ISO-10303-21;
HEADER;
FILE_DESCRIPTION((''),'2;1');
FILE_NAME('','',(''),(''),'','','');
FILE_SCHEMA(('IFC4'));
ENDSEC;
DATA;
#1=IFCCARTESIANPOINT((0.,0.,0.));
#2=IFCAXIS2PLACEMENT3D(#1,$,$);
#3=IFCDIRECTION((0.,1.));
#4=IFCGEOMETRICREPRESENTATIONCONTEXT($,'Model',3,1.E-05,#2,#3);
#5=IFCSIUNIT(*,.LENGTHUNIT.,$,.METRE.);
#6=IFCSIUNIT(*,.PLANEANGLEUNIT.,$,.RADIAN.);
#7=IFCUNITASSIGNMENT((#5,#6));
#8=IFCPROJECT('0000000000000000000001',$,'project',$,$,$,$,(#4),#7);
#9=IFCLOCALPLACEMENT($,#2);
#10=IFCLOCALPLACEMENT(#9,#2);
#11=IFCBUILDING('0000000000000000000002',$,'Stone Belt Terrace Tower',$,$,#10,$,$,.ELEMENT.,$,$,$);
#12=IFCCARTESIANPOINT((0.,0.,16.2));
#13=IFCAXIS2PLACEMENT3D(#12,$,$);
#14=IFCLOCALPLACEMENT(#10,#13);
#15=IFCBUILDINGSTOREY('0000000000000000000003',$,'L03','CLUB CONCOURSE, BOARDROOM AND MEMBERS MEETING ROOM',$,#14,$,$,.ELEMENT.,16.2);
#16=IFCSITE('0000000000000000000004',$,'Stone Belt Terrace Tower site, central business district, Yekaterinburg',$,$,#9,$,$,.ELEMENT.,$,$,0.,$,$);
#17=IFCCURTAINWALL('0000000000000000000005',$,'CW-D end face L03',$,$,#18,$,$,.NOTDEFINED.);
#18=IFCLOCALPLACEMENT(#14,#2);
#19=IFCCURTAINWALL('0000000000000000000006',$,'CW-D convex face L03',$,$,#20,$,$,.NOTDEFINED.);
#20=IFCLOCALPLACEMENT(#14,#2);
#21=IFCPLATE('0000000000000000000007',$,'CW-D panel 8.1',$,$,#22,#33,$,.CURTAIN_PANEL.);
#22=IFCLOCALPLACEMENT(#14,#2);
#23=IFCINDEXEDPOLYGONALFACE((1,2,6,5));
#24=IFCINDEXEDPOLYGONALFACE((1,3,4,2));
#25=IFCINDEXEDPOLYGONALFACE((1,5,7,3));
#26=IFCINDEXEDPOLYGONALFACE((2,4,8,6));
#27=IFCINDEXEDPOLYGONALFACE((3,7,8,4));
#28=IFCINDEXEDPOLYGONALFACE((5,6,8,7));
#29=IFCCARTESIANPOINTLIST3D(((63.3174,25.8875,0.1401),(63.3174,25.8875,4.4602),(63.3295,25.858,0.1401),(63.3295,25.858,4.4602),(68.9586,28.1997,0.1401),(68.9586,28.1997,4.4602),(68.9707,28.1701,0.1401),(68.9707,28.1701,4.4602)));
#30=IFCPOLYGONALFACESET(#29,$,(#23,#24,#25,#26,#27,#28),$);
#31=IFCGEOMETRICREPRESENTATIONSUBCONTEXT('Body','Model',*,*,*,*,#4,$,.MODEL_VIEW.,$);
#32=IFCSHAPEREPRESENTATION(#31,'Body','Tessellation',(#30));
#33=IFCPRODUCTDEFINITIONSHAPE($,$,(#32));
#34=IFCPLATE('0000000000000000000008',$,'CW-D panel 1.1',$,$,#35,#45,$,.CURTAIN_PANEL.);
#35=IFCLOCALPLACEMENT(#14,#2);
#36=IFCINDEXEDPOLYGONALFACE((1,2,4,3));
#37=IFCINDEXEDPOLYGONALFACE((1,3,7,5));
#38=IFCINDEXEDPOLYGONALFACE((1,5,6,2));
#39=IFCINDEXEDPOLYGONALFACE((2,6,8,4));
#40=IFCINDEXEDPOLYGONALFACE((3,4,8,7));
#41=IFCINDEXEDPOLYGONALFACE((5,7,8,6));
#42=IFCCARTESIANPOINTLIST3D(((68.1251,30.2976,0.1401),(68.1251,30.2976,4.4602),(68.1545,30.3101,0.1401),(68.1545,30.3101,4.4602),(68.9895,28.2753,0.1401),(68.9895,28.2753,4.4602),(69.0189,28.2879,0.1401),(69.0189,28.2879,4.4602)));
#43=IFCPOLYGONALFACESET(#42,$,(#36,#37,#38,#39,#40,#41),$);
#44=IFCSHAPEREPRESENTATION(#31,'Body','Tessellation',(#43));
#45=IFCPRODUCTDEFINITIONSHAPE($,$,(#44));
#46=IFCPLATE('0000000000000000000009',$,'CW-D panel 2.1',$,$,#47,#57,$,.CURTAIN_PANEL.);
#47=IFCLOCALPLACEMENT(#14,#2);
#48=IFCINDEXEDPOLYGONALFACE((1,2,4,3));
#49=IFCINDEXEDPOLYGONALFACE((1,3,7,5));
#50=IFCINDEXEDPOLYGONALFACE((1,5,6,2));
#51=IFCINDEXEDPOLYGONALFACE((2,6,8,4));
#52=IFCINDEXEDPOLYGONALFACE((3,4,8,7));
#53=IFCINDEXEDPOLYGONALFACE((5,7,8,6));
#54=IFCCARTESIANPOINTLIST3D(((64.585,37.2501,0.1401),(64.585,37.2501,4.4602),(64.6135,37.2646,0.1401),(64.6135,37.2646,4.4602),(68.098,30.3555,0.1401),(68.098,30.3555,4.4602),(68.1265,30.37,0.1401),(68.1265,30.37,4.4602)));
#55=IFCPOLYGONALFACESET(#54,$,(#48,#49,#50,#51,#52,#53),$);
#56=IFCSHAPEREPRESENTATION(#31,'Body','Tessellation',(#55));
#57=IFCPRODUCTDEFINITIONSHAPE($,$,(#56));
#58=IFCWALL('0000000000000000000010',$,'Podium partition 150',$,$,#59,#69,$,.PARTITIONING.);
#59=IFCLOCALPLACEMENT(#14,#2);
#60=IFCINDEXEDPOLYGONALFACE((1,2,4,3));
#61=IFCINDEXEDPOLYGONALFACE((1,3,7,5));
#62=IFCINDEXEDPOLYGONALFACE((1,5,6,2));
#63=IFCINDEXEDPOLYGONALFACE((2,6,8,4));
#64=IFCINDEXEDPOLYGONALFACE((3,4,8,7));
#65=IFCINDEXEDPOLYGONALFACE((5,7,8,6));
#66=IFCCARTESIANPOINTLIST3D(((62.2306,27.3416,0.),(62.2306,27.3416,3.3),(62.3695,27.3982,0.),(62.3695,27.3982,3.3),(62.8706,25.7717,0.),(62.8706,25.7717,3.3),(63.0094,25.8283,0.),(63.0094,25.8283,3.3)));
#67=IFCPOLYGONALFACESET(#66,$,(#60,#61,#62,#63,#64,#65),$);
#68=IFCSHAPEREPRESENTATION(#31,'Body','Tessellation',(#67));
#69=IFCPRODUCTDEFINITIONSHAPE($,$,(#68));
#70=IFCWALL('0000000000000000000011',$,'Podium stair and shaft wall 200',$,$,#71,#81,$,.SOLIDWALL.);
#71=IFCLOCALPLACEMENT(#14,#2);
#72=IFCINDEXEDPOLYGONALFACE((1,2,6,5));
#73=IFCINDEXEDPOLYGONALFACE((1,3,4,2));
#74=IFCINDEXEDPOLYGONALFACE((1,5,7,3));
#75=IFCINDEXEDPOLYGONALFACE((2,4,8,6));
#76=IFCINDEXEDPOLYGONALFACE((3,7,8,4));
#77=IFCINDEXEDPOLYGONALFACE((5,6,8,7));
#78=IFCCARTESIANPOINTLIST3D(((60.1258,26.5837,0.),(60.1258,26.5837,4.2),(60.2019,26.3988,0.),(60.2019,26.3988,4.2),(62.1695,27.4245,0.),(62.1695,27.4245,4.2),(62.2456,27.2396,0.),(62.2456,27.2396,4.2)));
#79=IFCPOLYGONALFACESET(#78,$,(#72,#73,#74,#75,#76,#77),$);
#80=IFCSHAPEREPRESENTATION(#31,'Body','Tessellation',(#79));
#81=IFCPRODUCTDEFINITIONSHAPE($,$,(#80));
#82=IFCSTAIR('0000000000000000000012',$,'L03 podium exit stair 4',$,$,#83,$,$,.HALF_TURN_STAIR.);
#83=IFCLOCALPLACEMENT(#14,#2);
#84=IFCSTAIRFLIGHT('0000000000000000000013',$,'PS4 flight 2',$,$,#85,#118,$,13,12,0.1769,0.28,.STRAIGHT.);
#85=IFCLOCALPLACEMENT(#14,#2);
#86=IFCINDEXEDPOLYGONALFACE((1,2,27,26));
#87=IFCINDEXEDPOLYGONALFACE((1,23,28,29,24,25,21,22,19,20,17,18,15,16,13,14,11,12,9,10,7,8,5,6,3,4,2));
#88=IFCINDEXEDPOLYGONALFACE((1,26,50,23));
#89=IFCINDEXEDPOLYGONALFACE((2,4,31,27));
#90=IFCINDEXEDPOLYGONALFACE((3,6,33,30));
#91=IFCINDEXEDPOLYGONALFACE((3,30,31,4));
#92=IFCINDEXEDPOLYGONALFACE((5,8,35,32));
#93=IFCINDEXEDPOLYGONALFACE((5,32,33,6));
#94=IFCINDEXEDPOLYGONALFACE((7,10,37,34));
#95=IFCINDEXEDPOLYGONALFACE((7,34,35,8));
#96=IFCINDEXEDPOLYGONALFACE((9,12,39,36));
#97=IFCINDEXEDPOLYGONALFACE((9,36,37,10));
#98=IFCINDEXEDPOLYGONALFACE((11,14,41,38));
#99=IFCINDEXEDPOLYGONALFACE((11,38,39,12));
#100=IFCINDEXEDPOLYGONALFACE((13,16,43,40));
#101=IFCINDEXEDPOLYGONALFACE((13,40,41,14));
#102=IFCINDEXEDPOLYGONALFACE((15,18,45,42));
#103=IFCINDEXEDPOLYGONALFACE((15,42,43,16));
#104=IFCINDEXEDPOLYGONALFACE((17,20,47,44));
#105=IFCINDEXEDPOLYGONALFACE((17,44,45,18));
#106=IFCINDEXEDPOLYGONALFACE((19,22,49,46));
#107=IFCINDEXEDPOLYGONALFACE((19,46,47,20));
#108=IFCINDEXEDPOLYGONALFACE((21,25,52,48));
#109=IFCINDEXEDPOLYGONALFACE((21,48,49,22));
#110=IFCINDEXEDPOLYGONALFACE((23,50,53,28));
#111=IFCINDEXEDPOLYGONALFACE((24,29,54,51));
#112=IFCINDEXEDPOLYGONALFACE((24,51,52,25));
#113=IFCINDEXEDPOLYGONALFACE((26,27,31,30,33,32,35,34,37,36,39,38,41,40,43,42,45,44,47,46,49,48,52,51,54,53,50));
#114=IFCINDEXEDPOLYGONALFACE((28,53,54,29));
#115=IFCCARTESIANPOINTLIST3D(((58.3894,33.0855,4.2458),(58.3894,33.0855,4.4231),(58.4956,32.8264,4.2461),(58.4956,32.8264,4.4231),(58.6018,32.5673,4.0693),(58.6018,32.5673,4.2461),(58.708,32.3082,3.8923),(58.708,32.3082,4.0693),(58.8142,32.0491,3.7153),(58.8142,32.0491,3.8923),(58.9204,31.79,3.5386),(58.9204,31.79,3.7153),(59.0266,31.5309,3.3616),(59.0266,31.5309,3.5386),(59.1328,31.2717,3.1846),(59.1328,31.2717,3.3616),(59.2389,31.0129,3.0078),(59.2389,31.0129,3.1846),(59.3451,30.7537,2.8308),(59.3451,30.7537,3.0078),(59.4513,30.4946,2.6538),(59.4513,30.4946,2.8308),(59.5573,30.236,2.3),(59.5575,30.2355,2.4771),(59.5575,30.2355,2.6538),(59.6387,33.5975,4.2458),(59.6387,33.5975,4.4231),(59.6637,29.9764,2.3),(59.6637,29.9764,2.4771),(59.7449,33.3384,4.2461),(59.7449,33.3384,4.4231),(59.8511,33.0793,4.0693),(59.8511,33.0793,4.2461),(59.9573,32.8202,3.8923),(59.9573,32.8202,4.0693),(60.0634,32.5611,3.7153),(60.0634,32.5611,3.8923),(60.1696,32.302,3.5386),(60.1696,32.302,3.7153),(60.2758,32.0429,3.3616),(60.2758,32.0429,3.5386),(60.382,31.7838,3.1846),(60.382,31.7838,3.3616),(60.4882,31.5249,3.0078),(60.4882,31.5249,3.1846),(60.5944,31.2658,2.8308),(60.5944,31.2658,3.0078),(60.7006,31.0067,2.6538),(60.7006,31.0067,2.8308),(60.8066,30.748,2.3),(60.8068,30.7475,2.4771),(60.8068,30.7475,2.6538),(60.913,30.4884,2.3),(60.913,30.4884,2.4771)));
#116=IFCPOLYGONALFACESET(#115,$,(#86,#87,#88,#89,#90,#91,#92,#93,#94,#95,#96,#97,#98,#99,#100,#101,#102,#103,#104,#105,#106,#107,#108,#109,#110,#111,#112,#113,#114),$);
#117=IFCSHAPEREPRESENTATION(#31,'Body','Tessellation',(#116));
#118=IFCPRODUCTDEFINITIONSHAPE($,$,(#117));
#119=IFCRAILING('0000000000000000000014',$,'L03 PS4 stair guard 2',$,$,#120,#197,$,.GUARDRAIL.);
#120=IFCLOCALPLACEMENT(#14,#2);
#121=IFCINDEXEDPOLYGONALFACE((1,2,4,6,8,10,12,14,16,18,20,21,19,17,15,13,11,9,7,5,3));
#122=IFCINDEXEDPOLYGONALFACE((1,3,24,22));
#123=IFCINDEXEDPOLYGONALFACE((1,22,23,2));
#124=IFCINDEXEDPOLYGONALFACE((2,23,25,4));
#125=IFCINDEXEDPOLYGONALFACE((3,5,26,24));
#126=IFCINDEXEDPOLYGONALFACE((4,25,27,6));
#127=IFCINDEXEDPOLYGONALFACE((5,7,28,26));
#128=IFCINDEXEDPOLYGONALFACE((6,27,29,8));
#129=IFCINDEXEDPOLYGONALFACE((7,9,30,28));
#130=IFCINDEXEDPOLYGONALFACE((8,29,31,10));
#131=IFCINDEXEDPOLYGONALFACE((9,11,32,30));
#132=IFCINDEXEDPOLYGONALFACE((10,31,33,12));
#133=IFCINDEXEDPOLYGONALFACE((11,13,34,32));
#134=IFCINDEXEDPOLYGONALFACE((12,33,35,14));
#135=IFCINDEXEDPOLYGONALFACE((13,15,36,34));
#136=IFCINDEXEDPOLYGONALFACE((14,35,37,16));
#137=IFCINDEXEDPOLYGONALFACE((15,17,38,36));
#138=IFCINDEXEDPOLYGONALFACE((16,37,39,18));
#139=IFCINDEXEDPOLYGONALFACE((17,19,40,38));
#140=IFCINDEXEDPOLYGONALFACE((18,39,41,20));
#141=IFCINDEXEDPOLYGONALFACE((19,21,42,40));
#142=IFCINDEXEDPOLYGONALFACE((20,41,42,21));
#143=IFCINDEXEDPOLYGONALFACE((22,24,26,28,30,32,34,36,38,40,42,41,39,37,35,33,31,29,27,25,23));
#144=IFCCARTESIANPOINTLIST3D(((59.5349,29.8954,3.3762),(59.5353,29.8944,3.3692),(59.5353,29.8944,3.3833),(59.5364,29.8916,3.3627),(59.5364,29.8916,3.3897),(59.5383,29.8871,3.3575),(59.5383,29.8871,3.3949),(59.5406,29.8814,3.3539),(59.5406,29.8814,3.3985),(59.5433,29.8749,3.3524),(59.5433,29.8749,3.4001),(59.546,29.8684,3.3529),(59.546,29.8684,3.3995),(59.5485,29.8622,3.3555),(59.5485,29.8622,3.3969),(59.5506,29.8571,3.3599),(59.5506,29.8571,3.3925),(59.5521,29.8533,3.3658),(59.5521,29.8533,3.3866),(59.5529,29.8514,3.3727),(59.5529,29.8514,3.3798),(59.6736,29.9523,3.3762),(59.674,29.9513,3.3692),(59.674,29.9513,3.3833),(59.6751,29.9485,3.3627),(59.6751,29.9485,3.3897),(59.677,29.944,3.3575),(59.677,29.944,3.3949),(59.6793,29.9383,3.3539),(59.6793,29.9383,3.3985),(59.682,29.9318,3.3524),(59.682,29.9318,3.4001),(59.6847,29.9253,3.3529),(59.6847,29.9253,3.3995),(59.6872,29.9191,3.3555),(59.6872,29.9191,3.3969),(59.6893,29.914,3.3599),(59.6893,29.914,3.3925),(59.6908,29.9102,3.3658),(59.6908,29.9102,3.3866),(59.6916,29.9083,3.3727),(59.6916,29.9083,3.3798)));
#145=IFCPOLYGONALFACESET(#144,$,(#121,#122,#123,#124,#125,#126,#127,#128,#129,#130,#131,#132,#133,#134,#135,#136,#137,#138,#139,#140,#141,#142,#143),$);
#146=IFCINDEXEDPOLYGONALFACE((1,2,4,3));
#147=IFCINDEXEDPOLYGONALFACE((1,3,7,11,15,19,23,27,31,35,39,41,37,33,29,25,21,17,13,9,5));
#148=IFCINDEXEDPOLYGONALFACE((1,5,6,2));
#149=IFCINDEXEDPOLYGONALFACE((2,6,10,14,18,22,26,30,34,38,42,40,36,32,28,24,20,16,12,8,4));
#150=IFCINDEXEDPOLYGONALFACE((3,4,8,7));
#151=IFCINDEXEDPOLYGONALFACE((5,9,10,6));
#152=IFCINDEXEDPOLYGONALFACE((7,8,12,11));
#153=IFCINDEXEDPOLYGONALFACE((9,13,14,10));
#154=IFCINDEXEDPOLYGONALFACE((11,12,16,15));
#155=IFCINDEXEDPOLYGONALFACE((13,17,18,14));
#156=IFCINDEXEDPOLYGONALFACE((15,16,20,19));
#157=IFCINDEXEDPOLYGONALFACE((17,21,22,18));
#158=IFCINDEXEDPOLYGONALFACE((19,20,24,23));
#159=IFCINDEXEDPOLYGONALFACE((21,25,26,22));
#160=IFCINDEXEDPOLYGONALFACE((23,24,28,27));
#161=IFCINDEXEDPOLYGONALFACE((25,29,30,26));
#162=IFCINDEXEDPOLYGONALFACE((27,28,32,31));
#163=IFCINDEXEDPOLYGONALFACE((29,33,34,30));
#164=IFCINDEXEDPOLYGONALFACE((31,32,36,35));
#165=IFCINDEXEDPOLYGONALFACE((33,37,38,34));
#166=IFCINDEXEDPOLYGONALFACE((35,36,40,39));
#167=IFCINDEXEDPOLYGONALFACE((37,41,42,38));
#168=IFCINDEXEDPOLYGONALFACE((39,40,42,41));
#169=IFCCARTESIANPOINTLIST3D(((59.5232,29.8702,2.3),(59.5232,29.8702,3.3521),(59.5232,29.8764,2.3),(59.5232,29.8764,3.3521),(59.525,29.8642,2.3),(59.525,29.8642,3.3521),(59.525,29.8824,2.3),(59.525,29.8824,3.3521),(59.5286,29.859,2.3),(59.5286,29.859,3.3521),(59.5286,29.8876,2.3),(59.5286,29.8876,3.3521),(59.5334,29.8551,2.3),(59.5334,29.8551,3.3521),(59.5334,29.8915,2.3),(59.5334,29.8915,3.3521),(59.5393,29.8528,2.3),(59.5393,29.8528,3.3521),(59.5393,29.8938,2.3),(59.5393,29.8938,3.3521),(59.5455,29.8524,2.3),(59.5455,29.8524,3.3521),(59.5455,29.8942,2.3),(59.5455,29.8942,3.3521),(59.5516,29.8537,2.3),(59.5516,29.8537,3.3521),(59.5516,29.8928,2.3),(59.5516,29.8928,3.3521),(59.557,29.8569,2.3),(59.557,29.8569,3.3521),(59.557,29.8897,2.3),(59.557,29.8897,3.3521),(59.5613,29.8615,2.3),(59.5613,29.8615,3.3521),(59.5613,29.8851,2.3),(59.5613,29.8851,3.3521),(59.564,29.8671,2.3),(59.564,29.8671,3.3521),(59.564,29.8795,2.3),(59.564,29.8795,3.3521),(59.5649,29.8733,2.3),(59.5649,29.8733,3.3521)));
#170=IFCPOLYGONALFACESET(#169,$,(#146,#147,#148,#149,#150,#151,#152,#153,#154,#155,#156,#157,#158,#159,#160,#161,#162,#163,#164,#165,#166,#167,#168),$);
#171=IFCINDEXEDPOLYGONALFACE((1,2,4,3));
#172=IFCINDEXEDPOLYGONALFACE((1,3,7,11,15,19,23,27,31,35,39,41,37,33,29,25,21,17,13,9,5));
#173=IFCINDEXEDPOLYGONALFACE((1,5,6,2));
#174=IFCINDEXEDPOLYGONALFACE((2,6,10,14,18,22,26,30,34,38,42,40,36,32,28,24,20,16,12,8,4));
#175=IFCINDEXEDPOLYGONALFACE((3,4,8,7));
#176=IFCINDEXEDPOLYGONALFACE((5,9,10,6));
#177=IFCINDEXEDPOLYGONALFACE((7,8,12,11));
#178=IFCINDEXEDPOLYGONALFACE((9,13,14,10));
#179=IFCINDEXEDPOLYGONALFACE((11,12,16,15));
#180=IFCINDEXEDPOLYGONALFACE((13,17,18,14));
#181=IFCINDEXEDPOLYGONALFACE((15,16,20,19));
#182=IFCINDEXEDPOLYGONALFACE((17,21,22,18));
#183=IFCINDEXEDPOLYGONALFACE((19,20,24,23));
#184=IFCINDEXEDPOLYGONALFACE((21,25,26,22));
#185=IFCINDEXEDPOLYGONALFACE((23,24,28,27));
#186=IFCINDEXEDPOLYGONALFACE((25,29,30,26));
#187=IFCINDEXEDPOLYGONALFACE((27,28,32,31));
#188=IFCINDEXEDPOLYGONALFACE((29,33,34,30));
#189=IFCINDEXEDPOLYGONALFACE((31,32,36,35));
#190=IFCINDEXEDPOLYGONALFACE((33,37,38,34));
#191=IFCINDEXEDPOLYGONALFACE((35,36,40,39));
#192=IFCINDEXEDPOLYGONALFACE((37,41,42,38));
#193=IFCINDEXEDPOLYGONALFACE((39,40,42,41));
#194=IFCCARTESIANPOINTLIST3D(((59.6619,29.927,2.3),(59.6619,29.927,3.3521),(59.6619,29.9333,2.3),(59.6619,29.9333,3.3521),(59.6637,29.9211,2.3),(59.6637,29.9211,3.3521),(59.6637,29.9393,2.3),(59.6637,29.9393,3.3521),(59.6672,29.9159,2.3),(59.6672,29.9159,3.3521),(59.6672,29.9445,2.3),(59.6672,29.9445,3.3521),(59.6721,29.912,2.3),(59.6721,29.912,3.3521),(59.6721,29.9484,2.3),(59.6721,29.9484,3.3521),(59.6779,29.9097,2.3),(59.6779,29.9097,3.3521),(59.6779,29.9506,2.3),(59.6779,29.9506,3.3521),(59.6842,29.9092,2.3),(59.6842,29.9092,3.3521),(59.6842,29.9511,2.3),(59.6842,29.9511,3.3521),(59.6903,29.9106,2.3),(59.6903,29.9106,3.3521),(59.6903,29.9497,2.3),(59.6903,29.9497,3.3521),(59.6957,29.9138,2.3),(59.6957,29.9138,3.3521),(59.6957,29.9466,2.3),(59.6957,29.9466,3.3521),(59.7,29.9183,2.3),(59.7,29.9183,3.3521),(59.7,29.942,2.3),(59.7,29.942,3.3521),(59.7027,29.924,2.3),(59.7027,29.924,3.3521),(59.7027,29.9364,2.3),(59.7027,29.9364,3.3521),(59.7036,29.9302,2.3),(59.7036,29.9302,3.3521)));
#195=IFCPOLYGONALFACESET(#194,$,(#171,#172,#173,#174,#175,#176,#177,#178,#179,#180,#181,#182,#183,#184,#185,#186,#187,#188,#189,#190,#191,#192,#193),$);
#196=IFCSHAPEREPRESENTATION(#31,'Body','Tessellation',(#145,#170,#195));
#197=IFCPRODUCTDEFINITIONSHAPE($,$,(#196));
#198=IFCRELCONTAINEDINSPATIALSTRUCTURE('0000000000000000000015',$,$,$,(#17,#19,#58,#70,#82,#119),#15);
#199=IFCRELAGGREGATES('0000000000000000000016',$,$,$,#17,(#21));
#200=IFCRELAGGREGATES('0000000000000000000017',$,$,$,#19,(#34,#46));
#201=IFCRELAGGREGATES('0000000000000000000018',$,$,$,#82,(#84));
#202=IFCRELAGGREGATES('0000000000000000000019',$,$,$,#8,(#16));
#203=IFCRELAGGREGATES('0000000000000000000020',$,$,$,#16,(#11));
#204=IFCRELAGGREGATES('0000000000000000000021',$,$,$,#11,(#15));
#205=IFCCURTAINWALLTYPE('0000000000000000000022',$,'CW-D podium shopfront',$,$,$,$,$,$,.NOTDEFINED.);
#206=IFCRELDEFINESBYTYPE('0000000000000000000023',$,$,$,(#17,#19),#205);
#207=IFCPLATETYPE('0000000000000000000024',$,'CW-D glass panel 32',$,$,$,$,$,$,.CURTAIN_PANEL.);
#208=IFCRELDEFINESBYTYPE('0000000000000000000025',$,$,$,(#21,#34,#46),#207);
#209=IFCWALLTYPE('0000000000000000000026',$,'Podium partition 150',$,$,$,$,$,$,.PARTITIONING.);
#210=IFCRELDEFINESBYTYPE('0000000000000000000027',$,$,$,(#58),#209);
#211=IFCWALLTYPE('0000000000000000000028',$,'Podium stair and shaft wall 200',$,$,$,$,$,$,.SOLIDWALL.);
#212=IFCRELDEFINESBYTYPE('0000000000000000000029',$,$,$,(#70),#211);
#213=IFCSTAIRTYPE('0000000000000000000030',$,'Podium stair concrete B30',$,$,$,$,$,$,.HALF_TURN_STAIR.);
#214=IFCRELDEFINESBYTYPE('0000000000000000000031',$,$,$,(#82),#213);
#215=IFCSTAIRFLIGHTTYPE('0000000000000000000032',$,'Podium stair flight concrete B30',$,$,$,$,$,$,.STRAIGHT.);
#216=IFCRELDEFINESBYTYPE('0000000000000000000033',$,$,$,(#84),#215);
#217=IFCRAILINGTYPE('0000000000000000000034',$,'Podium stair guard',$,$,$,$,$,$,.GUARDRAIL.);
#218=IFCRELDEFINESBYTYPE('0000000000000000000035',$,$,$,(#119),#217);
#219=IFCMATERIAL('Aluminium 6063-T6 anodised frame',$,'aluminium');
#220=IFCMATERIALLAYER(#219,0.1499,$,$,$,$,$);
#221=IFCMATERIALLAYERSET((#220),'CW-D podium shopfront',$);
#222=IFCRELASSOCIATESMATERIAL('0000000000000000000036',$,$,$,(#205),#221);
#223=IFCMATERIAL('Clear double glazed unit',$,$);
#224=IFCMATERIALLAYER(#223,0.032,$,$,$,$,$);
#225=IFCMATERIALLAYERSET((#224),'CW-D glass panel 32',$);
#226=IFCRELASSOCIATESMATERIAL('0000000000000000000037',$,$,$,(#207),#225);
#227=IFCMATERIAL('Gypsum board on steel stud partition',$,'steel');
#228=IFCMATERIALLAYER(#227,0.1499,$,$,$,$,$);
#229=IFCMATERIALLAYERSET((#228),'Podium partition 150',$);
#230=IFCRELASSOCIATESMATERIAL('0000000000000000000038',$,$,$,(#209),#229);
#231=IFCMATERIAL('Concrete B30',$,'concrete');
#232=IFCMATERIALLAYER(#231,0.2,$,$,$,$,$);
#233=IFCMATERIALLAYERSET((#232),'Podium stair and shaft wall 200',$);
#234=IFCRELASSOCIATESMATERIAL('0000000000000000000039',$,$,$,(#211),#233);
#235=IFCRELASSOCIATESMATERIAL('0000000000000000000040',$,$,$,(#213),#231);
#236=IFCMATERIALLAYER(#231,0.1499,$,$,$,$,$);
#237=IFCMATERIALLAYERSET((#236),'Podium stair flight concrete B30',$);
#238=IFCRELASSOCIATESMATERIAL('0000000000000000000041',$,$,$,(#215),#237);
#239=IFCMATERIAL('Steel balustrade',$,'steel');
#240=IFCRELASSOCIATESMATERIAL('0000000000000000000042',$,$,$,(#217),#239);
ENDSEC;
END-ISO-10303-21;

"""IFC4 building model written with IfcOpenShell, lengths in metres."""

from ifc_helpers import new_model, si_unit, direction, frame, frame_2d, origin, origin_2d, place, context, subcontext, project, spatial, polyline, rectangle, circle, outline, extrude, material, layer, layer_set, type_object, element, aggregate, save


model = new_model("IFC4")

# Units and contexts
model_context = context("Model", 3, precision=1e-05, world=origin(), true_north=direction((0.0, 1.0)))
body_context = subcontext(model_context, "Body", "Model", "MODEL_VIEW")
ifc_project = project(units=[si_unit("LENGTHUNIT", "METRE"), si_unit("PLANEANGLEUNIT", "RADIAN")], contexts=[model_context])

# Site, building, storey
site_placement = place(None, origin())
site = spatial("IfcSite", under=ifc_project, at=site_placement, Name="Stone Belt Terrace Tower site, central business district, Yekaterinburg", CompositionType="ELEMENT", RefElevation=0.0)
building_placement = place(site_placement, origin())
building = spatial("IfcBuilding", under=site, at=building_placement, Name="Stone Belt Terrace Tower", CompositionType="ELEMENT")
storey_placement = place(building_placement, frame((0.0, 0.0, 16.2)))
storey = spatial("IfcBuildingStorey", under=building, at=storey_placement, Name="L03", Description="CLUB CONCOURSE, BOARDROOM AND MEMBERS MEETING ROOM", CompositionType="ELEMENT", Elevation=16.2)

# Curtain wall
ifc_material_1 = material(Name="Aluminium 6063-T6 anodised frame", Category="aluminium")
ifc_layer_1 = layer(ifc_material_1, 0.1499)
ifc_layer_set_1 = layer_set([ifc_layer_1], Name="CW-D podium shopfront")
curtain_wall_type = type_object("IfcCurtainWallType", Name="CW-D podium shopfront", PredefinedType="NOTDEFINED", material=ifc_layer_set_1)
curtain_wall_1_placement = place(storey_placement, origin())
curtain_wall_1 = element("IfcCurtainWall", 1, at=curtain_wall_1_placement, inside=storey, type_object=curtain_wall_type, Name="CW-D end face L03", PredefinedType="NOTDEFINED")

# Curtain wall
curtain_wall_2_placement = place(storey_placement, origin())
curtain_wall_2 = element("IfcCurtainWall", 2, at=curtain_wall_2_placement, inside=storey, type_object=curtain_wall_type, Name="CW-D convex face L03", PredefinedType="NOTDEFINED")

# Plates
ifc_material_2 = material(Name="Clear double glazed unit")
ifc_layer_2 = layer(ifc_material_2, 0.032)
ifc_layer_set_2 = layer_set([ifc_layer_2], Name="CW-D glass panel 32")
plate_type = type_object("IfcPlateType", Name="CW-D glass panel 32", PredefinedType="CURTAIN_PANEL", material=ifc_layer_set_2)
plate_1_placement = place(storey_placement, frame((66.144, 27.0288, 0.1401), z_axis=(0.0, 0.0, 1.0), x_axis=(0.925297, 0.379243, 0.0)))
plate_1 = element("IfcPlate", 3, at=plate_1_placement, type_object=plate_type, Name="CW-D panel 8.1", PredefinedType="CURTAIN_PANEL", context=body_context, shape_type="SweptSolid", body=[
    extrude(rectangle(XDim=6.0967, YDim=0.032, at=origin_2d()), origin(), (0.0, 0.0, 1.0), 4.3201),
])
aggregate(curtain_wall_1, [plate_1])
plate_2_placement = place(storey_placement, frame((68.572, 29.2927, 0.1401), z_axis=(0.0, 0.0, 1.0), x_axis=(-0.393034, 0.919524, 0.0)))
plate_2 = element("IfcPlate", 4, at=plate_2_placement, type_object=plate_type, Name="CW-D panel 1.1", PredefinedType="CURTAIN_PANEL", context=body_context, shape_type="SweptSolid", body=[
    extrude(rectangle(XDim=2.1992, YDim=0.032, at=origin_2d()), origin(), (0.0, 0.0, 1.0), 4.3201),
])
plate_3_placement = place(storey_placement, frame((66.3557, 33.8101, 0.1401), z_axis=(0.0, 0.0, 1.0), x_axis=(-0.45399, 0.891007, 0.0)))
plate_3 = element("IfcPlate", 5, at=plate_3_placement, type_object=plate_type, Name="CW-D panel 2.1", PredefinedType="CURTAIN_PANEL", context=body_context, shape_type="SweptSolid", body=[
    extrude(rectangle(XDim=7.738, YDim=0.032, at=origin_2d()), origin(), (0.0, 0.0, 1.0), 4.3201),
])
aggregate(curtain_wall_2, [plate_2, plate_3])

# Walls
ifc_material_3 = material(Name="Gypsum board on steel stud partition", Category="steel")
ifc_layer_3 = layer(ifc_material_3, 0.1499)
ifc_layer_set_3 = layer_set([ifc_layer_3], Name="Podium partition 150")
wall_type_1 = type_object("IfcWallType", Name="Podium partition 150", PredefinedType="PARTITIONING", material=ifc_layer_set_3)
wall_1_placement = place(storey_placement, frame((62.3, 27.3699, 0.0), z_axis=(0.0, 0.0, 1.0), x_axis=(0.377466, -0.926023, 0.0)))
element("IfcWall", 6, at=wall_1_placement, inside=storey, type_object=wall_type_1, Name="Podium partition 150", PredefinedType="PARTITIONING", context=body_context, shape_type="SweptSolid", body=[
    extrude(rectangle(XDim=1.6953, YDim=0.1499, at=frame_2d((0.8477, 0.0))), origin(), (0.0, 0.0, 1.0), 3.3),
])
ifc_material_4 = material(Name="Concrete B30", Category="concrete")
ifc_layer_4 = layer(ifc_material_4, 0.2)
ifc_layer_set_4 = layer_set([ifc_layer_4], Name="Podium stair and shaft wall 200")
wall_type_2 = type_object("IfcWallType", Name="Podium stair and shaft wall 200", PredefinedType="SOLIDWALL", material=ifc_layer_set_4)
wall_2_placement = place(storey_placement, frame((60.1638, 26.4912, 0.0), z_axis=(0.0, 0.0, 1.0), x_axis=(0.92479, 0.380478, 0.0)))
element("IfcWall", 7, at=wall_2_placement, inside=storey, type_object=wall_type_2, Name="Podium stair and shaft wall 200", PredefinedType="SOLIDWALL", context=body_context, shape_type="SweptSolid", body=[
    extrude(rectangle(XDim=2.21, YDim=0.2, at=frame_2d((1.105, 0.0))), origin(), (0.0, 0.0, 1.0), 4.2),
])

# Stair, stair flight
stair_type = type_object("IfcStairType", Name="Podium stair concrete B30", PredefinedType="HALF_TURN_STAIR", material=ifc_material_4)
stair_placement = place(storey_placement, origin())
stair = element("IfcStair", 8, at=stair_placement, inside=storey, type_object=stair_type, Name="L03 podium exit stair 4", PredefinedType="HALF_TURN_STAIR")
ifc_layer_5 = layer(ifc_material_4, 0.1499)
ifc_layer_set_5 = layer_set([ifc_layer_5], Name="Podium stair flight concrete B30")
stair_flight_type = type_object("IfcStairFlightType", Name="Podium stair flight concrete B30", PredefinedType="STRAIGHT", material=ifc_layer_set_5)
stair_flight_placement = place(storey_placement, frame((60.2883, 30.2324, 2.3), z_axis=(0.0, 0.0, 1.0), x_axis=(-0.379243, 0.925297, 0.0)))
stair_flight = element("IfcStairFlight", 9, at=stair_flight_placement, type_object=stair_flight_type, Name="PS4 flight 2", NumberOfRisers=13, NumberOfTreads=12, PredefinedType="STRAIGHT", RiserHeight=0.1769, TreadLength=0.28, context=body_context, shape_type="SweptSolid", body=[
    extrude(outline(polyline([(0.0, 0.0), (0.0, 0.177), (0.28, 0.177), (0.28, 0.3538), (0.5601, 0.3538), (0.5601, 0.5308), (0.8401, 0.5308), (0.8401, 0.7078), (1.1201, 0.7078), (1.1201, 0.8845), (1.3999, 0.8845), (1.3999, 1.0615), (1.6799, 1.0615), (1.6799, 1.2385), (1.96, 1.2385), (1.96, 1.4153), (2.24, 1.4153), (2.24, 1.5923), (2.52, 1.5923), (2.52, 1.7693), (2.8, 1.7693), (2.8, 1.946), (3.0801, 1.946), (3.0801, 2.123), (3.3601, 2.123), (3.3601, 2.3), (3.3601, 1.9458), (0.2805, 0.0), (0.0, 0.0)])), frame((0.0, 0.675, 0.0), z_axis=(0.0, -1.0, 0.0), x_axis=(1.0, 0.0, 0.0)), (0.0, 0.0, 1.0), 1.3501),
])
aggregate(stair, [stair_flight])

# Railing
ifc_material_5 = material(Name="Steel balustrade", Category="steel")
railing_type_1 = type_object("IfcRailingType", Name="Podium stair guard", PredefinedType="GUARDRAIL", material=ifc_material_5)
railing_1_placement = place(storey_placement, frame((59.5439, 29.8733, 2.3)))
element("IfcRailing", 10, at=railing_1_placement, inside=storey, type_object=railing_type_1, Name="L03 PS4 stair guard 2", PredefinedType="GUARDRAIL", context=body_context, shape_type="SweptSolid", body=[
    extrude(circle(Radius=0.0239, at=origin_2d()), frame((0.0, 0.0, 1.0762), z_axis=(0.925183, 0.379521, 0.0), x_axis=(-0.379521, 0.925183, 0.0)), (0.0, 0.0, 1.0), 0.1499),
    extrude(circle(Radius=0.021, at=origin_2d()), origin(), (0.0, 0.0, 1.0), 1.052),
    extrude(circle(Radius=0.021, at=origin_2d()), frame((0.1387, 0.0569, 0.0)), (0.0, 0.0, 1.0), 1.052),
])

save(model, "model.ifc")
